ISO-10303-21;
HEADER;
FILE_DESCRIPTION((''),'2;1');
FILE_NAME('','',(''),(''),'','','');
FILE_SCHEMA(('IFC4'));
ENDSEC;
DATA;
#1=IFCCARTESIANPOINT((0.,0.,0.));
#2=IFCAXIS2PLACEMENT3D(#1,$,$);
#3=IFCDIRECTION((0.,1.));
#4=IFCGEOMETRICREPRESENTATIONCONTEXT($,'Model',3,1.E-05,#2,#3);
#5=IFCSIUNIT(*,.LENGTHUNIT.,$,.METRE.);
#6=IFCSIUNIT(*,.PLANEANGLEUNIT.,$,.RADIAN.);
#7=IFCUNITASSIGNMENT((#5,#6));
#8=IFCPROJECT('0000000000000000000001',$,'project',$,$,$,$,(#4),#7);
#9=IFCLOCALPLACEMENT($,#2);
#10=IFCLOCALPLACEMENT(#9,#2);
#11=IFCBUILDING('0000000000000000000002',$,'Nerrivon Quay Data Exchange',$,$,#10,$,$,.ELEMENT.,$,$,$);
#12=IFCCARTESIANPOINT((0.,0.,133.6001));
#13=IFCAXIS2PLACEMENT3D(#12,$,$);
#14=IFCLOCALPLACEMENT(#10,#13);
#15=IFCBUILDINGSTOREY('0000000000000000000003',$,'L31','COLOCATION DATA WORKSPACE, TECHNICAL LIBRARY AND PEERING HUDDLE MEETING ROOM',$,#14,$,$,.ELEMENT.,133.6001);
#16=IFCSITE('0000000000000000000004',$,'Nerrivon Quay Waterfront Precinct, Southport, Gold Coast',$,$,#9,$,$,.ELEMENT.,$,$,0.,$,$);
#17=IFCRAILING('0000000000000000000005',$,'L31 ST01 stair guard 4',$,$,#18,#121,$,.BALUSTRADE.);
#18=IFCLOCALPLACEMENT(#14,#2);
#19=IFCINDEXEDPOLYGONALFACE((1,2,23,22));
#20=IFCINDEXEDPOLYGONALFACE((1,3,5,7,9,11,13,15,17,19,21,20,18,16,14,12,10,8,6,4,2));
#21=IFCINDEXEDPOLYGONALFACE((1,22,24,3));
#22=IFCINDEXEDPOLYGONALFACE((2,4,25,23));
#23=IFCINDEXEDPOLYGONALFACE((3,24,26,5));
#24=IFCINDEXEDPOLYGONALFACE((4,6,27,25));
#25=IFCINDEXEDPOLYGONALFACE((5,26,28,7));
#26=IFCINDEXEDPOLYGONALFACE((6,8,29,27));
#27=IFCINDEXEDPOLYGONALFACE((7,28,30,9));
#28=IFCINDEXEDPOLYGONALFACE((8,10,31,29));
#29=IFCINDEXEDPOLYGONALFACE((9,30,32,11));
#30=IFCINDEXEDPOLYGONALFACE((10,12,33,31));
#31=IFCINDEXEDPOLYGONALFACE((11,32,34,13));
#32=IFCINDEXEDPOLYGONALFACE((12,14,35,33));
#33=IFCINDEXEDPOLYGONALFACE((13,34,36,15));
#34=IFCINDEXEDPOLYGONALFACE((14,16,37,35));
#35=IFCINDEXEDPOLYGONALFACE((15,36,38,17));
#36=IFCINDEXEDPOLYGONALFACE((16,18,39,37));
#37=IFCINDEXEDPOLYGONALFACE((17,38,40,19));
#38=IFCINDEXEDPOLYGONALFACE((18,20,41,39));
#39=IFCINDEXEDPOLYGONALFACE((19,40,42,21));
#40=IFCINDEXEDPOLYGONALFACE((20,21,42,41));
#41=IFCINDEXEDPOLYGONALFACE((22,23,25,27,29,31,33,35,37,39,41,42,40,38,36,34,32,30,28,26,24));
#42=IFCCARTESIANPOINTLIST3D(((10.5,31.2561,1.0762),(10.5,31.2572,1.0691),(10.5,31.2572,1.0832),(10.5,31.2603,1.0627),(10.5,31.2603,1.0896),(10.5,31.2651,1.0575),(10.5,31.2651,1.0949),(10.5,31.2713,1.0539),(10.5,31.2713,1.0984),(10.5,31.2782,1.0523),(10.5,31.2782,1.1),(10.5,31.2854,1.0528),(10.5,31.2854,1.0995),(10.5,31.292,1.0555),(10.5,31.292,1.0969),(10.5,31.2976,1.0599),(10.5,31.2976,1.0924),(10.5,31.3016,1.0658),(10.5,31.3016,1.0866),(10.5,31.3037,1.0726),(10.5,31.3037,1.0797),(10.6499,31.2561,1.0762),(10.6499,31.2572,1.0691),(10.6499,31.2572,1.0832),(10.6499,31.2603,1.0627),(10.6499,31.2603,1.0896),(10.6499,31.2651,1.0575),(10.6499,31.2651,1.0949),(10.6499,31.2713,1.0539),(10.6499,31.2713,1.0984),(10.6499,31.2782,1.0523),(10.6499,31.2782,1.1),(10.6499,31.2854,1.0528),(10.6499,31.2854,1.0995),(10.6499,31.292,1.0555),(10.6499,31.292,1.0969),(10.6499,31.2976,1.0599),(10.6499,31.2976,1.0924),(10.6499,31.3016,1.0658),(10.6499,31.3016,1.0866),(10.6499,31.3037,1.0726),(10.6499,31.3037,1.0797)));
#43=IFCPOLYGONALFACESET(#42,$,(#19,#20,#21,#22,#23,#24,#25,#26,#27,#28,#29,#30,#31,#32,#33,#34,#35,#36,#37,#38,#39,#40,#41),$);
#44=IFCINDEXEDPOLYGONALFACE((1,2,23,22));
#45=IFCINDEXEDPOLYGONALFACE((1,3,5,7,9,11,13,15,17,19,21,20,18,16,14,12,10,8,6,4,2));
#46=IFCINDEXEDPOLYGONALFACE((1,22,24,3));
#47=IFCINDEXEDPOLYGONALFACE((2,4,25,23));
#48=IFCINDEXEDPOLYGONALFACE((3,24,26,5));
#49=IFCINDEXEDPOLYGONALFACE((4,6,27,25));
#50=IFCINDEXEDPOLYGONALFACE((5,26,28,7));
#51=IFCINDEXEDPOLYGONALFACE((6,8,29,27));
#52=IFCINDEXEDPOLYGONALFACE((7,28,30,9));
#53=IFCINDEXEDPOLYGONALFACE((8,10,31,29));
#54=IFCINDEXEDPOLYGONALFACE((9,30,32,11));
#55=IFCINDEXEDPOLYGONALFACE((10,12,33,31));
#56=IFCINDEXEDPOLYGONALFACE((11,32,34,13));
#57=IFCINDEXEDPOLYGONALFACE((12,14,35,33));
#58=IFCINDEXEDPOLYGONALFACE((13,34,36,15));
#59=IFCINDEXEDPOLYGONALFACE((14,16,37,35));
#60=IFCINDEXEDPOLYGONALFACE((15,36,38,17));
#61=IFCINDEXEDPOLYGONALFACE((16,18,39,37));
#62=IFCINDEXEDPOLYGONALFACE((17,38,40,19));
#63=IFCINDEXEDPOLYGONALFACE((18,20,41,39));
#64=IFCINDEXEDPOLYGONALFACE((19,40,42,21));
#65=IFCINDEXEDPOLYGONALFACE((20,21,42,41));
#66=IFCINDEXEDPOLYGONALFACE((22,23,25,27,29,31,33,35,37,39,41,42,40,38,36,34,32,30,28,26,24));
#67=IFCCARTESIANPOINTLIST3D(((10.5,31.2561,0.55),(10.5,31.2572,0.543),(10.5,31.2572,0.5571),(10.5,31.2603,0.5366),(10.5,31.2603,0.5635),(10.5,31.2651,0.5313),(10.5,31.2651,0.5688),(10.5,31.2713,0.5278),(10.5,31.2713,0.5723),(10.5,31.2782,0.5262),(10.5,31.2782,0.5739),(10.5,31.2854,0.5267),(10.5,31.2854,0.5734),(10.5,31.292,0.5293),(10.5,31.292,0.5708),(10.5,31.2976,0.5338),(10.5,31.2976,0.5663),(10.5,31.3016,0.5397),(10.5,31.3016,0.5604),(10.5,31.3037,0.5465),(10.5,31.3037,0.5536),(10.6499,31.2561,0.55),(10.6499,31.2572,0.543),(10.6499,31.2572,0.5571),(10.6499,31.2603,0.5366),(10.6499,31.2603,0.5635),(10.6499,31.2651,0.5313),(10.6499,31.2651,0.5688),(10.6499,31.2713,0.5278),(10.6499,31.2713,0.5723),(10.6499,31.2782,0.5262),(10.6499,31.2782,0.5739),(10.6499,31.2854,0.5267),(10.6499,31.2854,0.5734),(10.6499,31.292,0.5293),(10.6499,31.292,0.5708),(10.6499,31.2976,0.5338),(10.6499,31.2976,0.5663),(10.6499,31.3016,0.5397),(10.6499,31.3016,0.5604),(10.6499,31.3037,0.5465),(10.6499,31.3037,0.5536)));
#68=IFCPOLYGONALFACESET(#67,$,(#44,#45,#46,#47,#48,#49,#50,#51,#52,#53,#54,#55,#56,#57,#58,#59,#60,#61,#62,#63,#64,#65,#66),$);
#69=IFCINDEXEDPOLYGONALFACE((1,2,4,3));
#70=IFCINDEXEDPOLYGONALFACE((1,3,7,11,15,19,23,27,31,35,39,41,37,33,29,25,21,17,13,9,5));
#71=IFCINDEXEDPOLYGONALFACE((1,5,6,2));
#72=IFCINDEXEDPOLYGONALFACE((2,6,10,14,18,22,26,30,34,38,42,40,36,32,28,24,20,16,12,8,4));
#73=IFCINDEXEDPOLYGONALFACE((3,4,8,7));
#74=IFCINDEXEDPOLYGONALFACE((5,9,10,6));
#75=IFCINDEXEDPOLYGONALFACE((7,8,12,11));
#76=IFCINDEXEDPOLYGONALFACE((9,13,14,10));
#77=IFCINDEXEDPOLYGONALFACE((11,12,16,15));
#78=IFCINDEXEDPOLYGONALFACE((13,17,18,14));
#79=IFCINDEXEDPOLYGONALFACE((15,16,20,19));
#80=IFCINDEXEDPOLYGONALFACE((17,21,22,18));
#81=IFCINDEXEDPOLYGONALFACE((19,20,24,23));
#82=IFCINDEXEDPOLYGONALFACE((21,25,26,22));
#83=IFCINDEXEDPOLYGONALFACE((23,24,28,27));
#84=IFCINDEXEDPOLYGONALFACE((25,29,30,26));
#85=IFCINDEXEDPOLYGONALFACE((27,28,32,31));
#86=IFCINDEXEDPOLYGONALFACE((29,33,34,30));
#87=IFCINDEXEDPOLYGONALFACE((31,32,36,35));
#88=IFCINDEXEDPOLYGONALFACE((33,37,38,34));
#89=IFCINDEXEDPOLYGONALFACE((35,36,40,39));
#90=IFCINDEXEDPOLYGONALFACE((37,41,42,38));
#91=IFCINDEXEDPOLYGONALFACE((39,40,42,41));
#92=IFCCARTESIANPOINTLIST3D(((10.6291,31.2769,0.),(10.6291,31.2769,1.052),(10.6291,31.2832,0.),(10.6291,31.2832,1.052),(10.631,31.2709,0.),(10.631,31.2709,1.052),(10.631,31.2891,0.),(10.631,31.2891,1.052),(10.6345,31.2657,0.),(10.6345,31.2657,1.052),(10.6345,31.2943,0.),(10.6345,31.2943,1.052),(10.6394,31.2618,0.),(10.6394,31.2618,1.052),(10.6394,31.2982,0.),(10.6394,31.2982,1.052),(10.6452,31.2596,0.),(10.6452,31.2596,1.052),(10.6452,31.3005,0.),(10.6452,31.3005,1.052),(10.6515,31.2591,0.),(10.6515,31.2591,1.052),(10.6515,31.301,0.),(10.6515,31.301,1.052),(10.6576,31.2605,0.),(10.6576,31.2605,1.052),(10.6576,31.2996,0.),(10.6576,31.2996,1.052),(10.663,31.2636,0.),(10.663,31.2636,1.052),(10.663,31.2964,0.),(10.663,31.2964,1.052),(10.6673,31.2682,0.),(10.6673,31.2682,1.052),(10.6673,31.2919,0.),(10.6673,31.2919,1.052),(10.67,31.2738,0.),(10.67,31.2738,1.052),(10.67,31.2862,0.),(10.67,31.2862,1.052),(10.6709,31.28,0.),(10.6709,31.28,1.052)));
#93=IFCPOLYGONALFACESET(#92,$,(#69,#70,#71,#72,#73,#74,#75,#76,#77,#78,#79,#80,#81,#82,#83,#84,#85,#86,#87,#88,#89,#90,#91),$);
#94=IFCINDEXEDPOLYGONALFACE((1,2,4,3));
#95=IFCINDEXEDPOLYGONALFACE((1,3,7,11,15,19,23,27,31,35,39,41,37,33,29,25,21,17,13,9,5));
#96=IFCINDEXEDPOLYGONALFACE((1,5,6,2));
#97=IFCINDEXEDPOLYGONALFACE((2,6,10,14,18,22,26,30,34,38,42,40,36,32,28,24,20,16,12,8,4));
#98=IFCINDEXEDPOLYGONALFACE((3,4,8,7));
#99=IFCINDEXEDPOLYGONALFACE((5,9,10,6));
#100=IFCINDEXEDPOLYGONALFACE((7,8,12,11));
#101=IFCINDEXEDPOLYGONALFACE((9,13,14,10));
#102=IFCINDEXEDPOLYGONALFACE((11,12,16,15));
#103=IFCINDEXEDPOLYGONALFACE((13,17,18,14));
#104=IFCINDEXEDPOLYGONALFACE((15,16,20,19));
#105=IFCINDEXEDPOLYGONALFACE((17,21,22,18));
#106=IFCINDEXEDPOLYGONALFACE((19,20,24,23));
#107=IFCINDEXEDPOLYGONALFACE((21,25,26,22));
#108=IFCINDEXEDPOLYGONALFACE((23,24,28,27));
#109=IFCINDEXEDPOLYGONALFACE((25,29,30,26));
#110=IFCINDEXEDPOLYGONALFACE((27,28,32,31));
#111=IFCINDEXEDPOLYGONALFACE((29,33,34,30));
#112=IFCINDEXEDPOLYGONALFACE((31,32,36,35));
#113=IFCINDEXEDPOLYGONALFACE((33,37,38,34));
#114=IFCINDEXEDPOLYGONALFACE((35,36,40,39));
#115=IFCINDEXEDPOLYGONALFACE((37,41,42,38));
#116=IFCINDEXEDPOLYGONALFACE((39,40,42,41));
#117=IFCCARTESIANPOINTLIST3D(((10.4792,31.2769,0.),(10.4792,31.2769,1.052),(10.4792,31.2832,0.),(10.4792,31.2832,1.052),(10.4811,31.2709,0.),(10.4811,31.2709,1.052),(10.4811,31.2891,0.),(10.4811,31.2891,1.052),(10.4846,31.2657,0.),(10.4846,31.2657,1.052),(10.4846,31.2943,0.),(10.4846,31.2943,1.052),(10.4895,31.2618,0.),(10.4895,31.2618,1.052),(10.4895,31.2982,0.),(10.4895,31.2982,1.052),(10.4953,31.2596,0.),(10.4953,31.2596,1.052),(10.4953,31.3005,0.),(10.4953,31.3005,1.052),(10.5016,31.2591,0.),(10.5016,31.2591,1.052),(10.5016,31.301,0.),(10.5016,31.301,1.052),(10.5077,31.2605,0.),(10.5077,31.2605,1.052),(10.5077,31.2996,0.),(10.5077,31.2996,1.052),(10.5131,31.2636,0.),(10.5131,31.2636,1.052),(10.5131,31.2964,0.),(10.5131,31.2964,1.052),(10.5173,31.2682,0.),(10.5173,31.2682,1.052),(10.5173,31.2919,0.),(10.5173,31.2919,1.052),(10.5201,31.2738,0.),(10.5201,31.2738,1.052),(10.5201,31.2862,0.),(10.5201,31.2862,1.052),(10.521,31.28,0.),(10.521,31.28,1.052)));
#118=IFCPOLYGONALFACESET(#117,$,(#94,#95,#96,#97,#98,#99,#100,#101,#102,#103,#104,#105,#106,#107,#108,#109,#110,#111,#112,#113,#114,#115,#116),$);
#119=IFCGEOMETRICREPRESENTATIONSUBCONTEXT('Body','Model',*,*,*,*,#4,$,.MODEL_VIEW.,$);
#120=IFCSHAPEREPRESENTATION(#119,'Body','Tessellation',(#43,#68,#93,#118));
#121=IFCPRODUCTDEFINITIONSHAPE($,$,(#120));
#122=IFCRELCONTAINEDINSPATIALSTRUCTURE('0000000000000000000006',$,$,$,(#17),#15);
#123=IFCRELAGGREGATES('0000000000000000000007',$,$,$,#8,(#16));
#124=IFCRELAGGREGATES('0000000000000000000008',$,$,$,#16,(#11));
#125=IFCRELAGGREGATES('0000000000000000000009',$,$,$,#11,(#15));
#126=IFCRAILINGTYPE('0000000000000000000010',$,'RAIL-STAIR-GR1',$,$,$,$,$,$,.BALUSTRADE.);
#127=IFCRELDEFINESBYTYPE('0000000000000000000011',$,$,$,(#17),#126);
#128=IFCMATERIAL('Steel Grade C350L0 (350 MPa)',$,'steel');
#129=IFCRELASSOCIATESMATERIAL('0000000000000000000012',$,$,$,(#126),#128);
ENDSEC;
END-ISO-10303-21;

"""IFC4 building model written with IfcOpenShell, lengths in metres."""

from ifc_helpers import new_model, si_unit, direction, frame, origin, origin_2d, place, context, subcontext, project, spatial, circle, extrude, material, type_object, element, save


model = new_model("IFC4")

# Units and contexts
model_context = context("Model", 3, precision=1e-05, world=origin(), true_north=direction((0.0, 1.0)))
body_context = subcontext(model_context, "Body", "Model", "MODEL_VIEW")
ifc_project = project(units=[si_unit("LENGTHUNIT", "METRE"), si_unit("PLANEANGLEUNIT", "RADIAN")], contexts=[model_context])

# Site, building, storey
site_placement = place(None, origin())
site = spatial("IfcSite", under=ifc_project, at=site_placement, Name="Nerrivon Quay Waterfront Precinct, Southport, Gold Coast", CompositionType="ELEMENT", RefElevation=0.0)
building_placement = place(site_placement, origin())
building = spatial("IfcBuilding", under=site, at=building_placement, Name="Nerrivon Quay Data Exchange", CompositionType="ELEMENT")
storey_placement = place(building_placement, frame((0.0, 0.0, 133.6001)))
storey = spatial("IfcBuildingStorey", under=building, at=storey_placement, Name="L31", Description="COLOCATION DATA WORKSPACE, TECHNICAL LIBRARY AND PEERING HUDDLE MEETING ROOM", CompositionType="ELEMENT", Elevation=133.6001)

# Railing
ifc_material_1 = material(Name="Steel Grade C350L0 (350 MPa)", Category="steel")
railing_type_1 = type_object("IfcRailingType", Name="RAIL-STAIR-GR1", PredefinedType="BALUSTRADE", material=ifc_material_1)
railing_1_placement = place(storey_placement, frame((10.6499, 31.28, 0.0)))
element("IfcRailing", 1, at=railing_1_placement, inside=storey, type_object=railing_type_1, Name="L31 ST01 stair guard 4", PredefinedType="BALUSTRADE", context=body_context, shape_type="SweptSolid", body=[
    extrude(circle(Radius=0.0239, at=origin_2d()), frame((0.0, 0.0, 1.0762), z_axis=(-1.0, 0.0, 0.0), x_axis=(0.0, -1.0, 0.0)), (0.0, 0.0, 1.0), 0.1499),
    extrude(circle(Radius=0.0239, at=origin_2d()), frame((0.0, 0.0, 0.55), z_axis=(-1.0, 0.0, 0.0), x_axis=(0.0, -1.0, 0.0)), (0.0, 0.0, 1.0), 0.1499),
    extrude(circle(Radius=0.021, at=origin_2d()), origin(), (0.0, 0.0, 1.0), 1.052),
    extrude(circle(Radius=0.021, at=origin_2d()), frame((-0.1499, 0.0, 0.0)), (0.0, 0.0, 1.0), 1.052),
])

save(model, "model.ifc")
